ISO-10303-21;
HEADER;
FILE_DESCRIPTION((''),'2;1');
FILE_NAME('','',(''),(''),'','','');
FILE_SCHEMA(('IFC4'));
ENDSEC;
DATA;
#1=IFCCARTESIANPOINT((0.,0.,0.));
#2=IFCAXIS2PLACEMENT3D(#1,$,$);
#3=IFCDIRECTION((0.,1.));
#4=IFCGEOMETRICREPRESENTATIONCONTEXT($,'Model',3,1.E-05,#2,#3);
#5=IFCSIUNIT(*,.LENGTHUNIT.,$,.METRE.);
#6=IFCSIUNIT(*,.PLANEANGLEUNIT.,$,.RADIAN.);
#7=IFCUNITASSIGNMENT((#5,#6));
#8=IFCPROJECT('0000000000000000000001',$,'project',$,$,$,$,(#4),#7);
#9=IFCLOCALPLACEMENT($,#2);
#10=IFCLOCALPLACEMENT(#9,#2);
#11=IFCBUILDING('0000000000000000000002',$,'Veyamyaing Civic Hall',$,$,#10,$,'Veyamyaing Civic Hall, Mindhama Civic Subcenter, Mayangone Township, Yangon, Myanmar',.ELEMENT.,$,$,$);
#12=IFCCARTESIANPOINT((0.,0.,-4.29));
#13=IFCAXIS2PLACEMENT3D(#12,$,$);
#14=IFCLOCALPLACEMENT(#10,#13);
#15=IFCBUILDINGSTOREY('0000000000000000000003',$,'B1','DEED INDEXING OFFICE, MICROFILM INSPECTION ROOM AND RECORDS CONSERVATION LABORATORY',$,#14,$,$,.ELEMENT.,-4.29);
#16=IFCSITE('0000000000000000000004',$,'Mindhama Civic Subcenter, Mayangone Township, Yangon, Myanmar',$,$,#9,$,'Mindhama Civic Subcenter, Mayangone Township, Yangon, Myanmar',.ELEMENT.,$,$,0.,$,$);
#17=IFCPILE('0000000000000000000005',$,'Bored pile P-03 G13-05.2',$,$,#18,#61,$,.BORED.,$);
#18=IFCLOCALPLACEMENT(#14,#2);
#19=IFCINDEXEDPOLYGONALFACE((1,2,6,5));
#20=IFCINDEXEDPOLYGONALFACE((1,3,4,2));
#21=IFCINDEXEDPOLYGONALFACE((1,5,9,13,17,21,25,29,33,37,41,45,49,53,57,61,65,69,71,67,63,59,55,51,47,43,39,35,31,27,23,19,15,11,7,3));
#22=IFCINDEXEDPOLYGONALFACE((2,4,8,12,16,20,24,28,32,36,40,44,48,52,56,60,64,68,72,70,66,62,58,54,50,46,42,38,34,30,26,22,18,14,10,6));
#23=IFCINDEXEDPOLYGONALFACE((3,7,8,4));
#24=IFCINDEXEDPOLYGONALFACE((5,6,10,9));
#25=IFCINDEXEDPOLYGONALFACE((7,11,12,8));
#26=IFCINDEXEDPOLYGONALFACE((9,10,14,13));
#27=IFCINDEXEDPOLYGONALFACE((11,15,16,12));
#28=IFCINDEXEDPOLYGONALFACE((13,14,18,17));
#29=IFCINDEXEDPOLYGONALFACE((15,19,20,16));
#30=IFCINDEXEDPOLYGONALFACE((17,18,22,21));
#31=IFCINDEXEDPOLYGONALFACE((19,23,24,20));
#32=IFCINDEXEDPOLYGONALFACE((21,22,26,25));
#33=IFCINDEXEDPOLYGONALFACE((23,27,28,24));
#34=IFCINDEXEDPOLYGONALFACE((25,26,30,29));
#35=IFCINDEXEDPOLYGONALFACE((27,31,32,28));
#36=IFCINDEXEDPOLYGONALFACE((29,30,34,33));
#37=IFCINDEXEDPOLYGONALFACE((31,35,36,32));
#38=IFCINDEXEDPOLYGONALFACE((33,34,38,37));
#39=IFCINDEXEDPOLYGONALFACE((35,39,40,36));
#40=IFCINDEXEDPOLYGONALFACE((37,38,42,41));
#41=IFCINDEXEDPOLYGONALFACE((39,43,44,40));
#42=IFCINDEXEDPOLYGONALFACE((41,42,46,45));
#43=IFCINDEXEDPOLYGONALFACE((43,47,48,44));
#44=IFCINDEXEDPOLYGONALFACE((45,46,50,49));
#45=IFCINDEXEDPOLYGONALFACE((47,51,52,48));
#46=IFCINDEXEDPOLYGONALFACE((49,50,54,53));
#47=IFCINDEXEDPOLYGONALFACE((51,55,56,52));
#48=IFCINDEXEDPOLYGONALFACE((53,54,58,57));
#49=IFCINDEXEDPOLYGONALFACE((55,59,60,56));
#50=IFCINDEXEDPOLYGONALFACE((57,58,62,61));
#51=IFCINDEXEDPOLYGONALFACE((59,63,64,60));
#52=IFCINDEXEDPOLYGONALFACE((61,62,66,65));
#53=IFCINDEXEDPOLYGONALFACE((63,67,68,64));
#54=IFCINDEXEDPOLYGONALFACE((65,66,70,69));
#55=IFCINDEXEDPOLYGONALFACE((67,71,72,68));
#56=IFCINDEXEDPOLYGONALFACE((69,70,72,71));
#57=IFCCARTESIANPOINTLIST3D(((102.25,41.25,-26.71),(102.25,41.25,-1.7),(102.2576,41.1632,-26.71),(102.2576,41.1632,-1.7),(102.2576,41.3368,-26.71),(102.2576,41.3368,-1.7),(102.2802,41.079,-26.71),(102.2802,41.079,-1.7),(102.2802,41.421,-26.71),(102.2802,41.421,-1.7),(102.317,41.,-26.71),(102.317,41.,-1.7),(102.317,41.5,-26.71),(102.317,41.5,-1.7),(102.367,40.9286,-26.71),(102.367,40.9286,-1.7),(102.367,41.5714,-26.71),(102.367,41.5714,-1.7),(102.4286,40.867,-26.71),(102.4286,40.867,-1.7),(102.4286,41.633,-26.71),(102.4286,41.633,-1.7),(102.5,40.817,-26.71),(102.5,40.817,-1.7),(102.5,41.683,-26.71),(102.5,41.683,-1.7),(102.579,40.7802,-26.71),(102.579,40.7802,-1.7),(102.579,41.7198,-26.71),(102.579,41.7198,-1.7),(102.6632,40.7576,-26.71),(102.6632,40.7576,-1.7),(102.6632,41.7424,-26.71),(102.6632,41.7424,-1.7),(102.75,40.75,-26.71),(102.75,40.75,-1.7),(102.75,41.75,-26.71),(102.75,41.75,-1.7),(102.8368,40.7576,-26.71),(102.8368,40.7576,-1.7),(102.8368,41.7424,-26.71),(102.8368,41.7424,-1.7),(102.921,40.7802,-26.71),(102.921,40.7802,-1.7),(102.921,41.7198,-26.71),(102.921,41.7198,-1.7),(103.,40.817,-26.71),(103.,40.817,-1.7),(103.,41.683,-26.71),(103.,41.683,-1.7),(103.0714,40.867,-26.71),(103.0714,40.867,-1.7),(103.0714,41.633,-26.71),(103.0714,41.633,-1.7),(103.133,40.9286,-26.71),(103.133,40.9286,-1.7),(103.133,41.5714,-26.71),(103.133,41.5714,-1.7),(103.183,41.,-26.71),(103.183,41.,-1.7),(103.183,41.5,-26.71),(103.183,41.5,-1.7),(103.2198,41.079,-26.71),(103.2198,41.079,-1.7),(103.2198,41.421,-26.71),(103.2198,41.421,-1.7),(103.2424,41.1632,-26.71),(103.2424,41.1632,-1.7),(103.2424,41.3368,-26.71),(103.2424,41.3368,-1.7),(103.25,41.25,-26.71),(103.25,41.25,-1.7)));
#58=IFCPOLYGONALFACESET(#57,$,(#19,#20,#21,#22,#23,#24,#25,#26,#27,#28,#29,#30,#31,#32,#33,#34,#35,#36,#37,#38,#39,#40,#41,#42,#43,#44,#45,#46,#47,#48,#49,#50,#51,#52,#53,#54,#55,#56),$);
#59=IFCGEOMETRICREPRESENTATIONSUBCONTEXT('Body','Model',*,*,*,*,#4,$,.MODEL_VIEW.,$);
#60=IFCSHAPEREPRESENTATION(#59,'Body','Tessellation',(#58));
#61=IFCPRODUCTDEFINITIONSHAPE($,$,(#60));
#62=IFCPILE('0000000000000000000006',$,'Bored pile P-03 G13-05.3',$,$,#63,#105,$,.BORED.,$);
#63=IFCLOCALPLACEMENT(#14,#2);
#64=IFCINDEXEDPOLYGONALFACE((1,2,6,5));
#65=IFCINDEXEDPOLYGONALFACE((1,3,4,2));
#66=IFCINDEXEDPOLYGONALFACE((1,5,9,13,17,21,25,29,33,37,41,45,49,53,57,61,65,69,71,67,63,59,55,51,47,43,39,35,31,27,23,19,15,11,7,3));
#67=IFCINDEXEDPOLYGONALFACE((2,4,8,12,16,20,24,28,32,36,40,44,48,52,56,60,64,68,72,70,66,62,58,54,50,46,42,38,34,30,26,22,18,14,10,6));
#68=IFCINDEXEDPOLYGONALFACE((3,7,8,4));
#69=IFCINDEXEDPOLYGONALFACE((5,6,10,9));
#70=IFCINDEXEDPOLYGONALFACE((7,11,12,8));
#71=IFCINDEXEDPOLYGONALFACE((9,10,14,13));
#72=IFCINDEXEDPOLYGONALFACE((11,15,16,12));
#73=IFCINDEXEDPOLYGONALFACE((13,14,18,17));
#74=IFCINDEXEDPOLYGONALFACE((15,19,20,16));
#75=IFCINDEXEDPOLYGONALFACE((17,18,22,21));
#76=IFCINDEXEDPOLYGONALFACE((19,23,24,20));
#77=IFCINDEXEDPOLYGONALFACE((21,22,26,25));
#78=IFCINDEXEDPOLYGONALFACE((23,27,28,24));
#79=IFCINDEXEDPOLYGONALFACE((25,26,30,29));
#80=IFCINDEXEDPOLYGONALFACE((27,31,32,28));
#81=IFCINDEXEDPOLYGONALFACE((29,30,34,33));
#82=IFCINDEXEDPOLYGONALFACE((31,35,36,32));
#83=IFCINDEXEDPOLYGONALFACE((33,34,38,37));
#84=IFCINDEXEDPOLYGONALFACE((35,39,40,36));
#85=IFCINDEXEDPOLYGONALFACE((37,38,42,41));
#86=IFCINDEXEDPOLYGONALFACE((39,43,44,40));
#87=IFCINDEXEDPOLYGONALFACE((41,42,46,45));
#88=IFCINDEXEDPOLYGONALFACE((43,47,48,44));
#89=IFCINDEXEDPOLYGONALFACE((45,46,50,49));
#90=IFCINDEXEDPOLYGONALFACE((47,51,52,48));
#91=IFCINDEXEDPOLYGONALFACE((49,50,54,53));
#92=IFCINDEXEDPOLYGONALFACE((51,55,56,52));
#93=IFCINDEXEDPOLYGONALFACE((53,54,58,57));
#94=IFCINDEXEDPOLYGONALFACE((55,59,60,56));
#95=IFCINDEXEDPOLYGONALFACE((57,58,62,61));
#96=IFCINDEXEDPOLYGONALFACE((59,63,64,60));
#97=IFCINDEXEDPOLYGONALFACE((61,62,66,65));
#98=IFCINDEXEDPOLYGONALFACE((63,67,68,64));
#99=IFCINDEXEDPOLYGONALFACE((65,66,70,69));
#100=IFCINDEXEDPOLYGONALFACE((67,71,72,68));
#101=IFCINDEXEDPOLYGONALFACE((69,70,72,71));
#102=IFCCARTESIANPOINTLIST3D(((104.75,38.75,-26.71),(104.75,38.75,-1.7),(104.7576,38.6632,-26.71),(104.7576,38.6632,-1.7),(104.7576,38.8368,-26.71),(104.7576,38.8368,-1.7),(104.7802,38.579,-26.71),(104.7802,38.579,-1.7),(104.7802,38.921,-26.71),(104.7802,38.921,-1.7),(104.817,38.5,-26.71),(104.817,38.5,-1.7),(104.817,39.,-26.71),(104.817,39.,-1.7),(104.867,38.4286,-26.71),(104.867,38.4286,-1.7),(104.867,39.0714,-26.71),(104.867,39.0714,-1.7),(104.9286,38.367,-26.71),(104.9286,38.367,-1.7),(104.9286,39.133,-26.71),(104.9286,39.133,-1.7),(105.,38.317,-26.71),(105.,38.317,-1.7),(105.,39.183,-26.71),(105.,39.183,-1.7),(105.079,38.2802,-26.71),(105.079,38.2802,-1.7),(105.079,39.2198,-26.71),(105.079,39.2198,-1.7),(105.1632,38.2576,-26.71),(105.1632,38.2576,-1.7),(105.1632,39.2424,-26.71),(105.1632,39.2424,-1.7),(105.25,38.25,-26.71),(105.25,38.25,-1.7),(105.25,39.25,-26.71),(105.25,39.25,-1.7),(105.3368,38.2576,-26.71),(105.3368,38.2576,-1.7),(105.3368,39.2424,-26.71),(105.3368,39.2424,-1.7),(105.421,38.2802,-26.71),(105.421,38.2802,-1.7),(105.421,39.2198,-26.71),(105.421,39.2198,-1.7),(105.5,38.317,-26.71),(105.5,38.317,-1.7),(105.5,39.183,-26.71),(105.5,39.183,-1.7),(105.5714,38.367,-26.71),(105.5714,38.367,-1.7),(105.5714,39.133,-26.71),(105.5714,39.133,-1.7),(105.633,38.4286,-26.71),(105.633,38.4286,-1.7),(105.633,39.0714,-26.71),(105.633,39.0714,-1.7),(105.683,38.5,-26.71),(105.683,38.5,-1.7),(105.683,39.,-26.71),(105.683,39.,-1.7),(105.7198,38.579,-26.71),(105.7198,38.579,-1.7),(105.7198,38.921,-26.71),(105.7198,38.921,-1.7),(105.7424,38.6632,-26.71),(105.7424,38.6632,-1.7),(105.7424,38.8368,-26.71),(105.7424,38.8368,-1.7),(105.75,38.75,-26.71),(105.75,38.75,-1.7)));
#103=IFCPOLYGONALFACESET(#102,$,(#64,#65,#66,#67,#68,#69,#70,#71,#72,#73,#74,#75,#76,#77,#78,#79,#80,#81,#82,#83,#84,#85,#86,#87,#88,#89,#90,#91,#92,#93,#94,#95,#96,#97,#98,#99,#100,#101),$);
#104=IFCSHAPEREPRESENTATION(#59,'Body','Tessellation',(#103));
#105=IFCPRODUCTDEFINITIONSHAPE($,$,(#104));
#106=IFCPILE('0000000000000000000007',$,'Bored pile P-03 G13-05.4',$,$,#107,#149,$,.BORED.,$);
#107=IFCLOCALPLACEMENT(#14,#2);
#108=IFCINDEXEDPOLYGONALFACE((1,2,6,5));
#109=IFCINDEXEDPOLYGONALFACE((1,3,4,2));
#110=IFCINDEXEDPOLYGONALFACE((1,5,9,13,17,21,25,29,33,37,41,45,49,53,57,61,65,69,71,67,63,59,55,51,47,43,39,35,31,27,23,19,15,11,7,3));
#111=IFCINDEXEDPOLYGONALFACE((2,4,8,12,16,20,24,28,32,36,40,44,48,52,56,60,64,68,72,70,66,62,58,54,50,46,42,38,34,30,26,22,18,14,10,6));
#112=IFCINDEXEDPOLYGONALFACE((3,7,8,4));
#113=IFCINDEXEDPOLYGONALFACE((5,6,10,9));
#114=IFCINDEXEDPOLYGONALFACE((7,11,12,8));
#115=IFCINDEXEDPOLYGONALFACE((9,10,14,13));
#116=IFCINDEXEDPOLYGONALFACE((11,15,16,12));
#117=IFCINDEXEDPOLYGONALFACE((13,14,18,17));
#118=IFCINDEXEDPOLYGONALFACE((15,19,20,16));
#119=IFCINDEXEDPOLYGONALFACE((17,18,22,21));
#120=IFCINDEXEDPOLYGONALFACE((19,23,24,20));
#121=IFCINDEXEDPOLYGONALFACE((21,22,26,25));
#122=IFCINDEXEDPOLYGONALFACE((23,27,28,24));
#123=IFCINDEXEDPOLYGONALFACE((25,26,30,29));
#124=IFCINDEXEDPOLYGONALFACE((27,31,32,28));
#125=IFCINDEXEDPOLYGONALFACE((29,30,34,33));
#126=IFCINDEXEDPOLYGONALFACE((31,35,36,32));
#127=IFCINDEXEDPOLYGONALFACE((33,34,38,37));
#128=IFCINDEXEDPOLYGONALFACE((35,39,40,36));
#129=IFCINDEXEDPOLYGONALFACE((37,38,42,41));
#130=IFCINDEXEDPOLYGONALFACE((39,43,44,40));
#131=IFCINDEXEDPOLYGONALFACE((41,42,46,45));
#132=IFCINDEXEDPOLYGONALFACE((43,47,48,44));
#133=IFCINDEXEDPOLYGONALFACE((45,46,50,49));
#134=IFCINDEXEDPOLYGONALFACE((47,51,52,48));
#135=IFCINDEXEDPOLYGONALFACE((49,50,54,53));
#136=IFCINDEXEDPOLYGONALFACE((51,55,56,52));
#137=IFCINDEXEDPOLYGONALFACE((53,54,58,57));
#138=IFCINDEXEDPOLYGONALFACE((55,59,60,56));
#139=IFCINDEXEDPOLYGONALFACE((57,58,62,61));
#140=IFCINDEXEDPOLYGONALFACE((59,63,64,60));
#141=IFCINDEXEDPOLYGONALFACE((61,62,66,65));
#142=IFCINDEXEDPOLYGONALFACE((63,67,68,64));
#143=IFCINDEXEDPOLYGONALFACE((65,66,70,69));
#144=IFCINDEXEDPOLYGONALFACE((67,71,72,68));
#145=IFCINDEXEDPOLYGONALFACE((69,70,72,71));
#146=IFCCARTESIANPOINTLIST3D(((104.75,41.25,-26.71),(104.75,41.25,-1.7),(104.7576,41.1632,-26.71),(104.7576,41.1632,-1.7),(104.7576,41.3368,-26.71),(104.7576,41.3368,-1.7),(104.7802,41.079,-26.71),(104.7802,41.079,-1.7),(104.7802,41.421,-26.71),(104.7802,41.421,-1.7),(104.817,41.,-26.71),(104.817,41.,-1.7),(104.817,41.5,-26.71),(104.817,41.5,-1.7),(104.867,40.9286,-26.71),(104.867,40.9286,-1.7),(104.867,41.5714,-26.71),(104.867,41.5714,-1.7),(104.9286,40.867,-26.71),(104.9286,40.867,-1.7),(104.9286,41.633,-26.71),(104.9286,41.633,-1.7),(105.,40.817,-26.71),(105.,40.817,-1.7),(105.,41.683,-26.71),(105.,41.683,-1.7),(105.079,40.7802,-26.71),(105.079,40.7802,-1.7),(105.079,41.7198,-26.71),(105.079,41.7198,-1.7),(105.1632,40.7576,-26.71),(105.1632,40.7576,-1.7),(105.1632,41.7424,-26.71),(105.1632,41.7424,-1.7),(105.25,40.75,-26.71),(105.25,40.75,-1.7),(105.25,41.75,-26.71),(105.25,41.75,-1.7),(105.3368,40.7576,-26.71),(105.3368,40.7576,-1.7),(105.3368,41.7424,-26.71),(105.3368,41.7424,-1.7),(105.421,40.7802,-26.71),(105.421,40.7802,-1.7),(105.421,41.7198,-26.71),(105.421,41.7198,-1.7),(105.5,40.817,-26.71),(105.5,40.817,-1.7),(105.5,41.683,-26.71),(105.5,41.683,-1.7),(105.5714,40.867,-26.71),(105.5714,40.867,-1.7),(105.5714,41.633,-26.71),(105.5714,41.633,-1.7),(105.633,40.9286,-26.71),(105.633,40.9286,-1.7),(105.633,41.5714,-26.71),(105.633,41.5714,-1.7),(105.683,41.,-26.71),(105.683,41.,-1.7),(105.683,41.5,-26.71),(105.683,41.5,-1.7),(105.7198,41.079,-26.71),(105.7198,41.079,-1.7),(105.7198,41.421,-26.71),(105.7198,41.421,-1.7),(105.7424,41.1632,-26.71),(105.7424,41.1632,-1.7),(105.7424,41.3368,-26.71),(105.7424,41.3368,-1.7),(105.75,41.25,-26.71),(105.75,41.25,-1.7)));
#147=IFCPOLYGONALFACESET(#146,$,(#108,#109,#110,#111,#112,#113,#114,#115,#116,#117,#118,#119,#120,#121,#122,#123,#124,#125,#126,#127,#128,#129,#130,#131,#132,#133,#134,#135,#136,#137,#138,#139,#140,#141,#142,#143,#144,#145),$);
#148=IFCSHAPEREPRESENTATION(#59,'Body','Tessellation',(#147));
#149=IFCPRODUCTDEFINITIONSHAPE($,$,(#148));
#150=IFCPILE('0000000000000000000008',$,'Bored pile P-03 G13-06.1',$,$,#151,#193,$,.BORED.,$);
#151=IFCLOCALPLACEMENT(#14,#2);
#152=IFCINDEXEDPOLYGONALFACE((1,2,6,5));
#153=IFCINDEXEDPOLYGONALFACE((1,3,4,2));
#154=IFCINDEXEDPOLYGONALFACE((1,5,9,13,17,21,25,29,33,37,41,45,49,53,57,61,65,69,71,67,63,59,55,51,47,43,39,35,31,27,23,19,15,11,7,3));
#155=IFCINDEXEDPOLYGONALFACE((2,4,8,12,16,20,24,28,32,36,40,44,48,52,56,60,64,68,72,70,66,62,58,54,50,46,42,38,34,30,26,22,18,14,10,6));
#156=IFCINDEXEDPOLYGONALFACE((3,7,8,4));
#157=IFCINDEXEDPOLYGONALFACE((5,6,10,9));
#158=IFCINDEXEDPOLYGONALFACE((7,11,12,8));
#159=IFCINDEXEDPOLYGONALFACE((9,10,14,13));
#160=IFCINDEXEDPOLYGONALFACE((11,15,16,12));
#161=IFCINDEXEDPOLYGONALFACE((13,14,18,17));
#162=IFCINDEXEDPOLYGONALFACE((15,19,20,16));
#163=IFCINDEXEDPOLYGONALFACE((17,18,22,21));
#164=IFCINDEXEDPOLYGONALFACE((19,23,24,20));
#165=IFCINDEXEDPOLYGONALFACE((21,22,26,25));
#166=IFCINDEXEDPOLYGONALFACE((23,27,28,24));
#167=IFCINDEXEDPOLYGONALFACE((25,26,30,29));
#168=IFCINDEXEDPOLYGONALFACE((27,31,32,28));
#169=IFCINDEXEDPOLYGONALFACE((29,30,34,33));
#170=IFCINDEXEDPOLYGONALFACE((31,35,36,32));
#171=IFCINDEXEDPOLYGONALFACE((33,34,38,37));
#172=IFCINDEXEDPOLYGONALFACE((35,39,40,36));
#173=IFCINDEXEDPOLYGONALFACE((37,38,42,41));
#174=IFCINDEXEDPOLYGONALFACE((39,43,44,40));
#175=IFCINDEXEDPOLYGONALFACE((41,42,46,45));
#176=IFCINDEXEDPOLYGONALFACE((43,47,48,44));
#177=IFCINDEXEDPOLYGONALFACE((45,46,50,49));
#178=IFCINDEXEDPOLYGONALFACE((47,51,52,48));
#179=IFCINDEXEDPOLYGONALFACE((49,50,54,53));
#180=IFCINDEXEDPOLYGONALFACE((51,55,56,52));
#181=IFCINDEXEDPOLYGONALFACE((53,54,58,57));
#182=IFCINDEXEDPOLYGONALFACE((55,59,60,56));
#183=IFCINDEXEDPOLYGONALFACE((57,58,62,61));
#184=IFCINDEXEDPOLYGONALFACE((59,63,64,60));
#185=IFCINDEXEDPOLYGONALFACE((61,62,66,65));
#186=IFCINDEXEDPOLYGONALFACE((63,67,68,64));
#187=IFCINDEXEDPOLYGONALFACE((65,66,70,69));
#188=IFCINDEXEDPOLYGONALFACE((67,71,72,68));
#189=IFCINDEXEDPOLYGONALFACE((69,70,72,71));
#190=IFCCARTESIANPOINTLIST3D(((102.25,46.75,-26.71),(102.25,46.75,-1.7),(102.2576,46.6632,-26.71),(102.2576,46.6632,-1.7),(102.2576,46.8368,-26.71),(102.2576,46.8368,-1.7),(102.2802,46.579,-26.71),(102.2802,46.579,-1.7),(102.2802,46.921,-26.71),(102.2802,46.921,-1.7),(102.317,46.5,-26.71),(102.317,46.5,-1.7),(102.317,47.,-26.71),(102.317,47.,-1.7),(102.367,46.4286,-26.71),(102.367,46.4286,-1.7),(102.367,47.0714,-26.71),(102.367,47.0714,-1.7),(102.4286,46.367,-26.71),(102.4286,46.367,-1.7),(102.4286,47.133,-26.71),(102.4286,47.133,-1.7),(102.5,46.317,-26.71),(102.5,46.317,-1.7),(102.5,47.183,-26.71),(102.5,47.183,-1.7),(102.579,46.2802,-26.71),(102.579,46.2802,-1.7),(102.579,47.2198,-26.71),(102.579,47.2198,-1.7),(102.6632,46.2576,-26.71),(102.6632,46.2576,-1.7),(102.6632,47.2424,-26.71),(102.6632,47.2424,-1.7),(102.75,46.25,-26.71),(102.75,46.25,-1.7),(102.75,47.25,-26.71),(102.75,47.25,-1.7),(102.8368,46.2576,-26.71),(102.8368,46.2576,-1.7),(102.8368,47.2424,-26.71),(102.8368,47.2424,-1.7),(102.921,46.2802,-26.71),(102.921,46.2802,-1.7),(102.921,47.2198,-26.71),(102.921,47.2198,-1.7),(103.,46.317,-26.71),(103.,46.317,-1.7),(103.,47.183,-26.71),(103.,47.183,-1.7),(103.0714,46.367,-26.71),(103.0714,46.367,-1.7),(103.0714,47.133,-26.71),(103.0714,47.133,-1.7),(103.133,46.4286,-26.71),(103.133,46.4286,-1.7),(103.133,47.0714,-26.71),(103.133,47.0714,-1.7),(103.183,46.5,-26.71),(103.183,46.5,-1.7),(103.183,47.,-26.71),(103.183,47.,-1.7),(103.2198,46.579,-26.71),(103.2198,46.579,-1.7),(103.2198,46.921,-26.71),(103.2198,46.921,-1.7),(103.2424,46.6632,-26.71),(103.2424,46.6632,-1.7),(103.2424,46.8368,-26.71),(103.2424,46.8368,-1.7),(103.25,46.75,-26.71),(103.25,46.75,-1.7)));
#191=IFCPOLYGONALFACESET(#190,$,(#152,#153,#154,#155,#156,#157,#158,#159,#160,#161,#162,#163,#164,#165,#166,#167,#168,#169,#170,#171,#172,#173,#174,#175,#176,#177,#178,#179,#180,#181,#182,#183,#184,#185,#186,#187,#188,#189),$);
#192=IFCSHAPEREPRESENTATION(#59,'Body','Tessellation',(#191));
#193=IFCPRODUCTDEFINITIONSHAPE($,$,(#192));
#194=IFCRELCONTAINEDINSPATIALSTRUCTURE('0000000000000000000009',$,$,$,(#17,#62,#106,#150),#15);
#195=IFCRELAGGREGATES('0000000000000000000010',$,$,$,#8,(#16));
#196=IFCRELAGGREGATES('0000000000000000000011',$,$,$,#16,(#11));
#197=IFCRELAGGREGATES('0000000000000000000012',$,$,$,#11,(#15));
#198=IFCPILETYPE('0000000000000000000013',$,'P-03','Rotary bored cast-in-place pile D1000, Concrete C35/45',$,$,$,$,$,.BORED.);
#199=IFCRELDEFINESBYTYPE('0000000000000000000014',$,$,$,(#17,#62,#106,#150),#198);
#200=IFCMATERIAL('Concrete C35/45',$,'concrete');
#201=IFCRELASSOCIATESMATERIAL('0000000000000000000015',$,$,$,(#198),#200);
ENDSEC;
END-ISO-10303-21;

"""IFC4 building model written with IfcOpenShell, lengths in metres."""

from ifc_helpers import new_model, si_unit, direction, frame, origin, origin_2d, place, context, subcontext, project, spatial, circle, extrude, material, material_profile, profile_set, type_object, element, save


model = new_model("IFC4")

# Units and contexts
model_context = context("Model", 3, precision=1e-05, world=origin(), true_north=direction((0.0, 1.0)))
body_context = subcontext(model_context, "Body", "Model", "MODEL_VIEW")
ifc_project = project(units=[si_unit("LENGTHUNIT", "METRE"), si_unit("PLANEANGLEUNIT", "RADIAN")], contexts=[model_context])

# Site, building, storey
site_placement = place(None, origin())
site = spatial("IfcSite", under=ifc_project, at=site_placement, Name="Mindhama Civic Subcenter, Mayangone Township, Yangon, Myanmar", LongName="Mindhama Civic Subcenter, Mayangone Township, Yangon, Myanmar", CompositionType="ELEMENT", RefElevation=0.0)
building_placement = place(site_placement, origin())
building = spatial("IfcBuilding", under=site, at=building_placement, Name="Veyamyaing Civic Hall", LongName="Veyamyaing Civic Hall, Mindhama Civic Subcenter, Mayangone Township, Yangon, Myanmar", CompositionType="ELEMENT")
storey_placement = place(building_placement, frame((0.0, 0.0, -4.29)))
storey = spatial("IfcBuildingStorey", under=building, at=storey_placement, Name="B1", Description="DEED INDEXING OFFICE, MICROFILM INSPECTION ROOM AND RECORDS CONSERVATION LABORATORY", CompositionType="ELEMENT", Elevation=-4.29)

# Piles
ifc_material_1 = material(Name="Concrete C35/45", Category="concrete")
ifc_material_profile_1 = material_profile(ifc_material_1, circle(Radius=0.5, at=origin_2d()), Name="PILE-D1000")
ifc_profile_set_1 = profile_set([ifc_material_profile_1], Name="Concrete C35/45")
pile_type_1 = type_object("IfcPileType", Name="P-03", Description="Rotary bored cast-in-place pile D1000, Concrete C35/45", PredefinedType="BORED", material=ifc_profile_set_1)
for number, where, z_axis, x_axis, name in (
    (1, (102.75, 41.25, -1.7), (0.0, 0.0, -1.0), (1.0, 0.0, 0.0), "Bored pile P-03 G13-05.2"),
    (2, (105.25, 38.75, -1.7), (0.0, 0.0, -1.0), (1.0, 0.0, 0.0), "Bored pile P-03 G13-05.3"),
    (3, (105.25, 41.25, -1.7), (0.0, 0.0, -1.0), (1.0, 0.0, 0.0), "Bored pile P-03 G13-05.4"),
    (4, (102.75, 46.75, -1.7), (0.0, 0.0, -1.0), (1.0, 0.0, 0.0), "Bored pile P-03 G13-06.1"),
):
    element("IfcPile", number, at=place(storey_placement, frame(where, z_axis=z_axis, x_axis=x_axis)), inside=storey, type_object=pile_type_1, Name=name, PredefinedType="BORED", context=body_context, shape_type="SweptSolid", body=[
        extrude(circle(Radius=0.5, at=origin_2d()), origin(), (0.0, 0.0, 1.0), 25.01),
    ])

save(model, "model.ifc")
